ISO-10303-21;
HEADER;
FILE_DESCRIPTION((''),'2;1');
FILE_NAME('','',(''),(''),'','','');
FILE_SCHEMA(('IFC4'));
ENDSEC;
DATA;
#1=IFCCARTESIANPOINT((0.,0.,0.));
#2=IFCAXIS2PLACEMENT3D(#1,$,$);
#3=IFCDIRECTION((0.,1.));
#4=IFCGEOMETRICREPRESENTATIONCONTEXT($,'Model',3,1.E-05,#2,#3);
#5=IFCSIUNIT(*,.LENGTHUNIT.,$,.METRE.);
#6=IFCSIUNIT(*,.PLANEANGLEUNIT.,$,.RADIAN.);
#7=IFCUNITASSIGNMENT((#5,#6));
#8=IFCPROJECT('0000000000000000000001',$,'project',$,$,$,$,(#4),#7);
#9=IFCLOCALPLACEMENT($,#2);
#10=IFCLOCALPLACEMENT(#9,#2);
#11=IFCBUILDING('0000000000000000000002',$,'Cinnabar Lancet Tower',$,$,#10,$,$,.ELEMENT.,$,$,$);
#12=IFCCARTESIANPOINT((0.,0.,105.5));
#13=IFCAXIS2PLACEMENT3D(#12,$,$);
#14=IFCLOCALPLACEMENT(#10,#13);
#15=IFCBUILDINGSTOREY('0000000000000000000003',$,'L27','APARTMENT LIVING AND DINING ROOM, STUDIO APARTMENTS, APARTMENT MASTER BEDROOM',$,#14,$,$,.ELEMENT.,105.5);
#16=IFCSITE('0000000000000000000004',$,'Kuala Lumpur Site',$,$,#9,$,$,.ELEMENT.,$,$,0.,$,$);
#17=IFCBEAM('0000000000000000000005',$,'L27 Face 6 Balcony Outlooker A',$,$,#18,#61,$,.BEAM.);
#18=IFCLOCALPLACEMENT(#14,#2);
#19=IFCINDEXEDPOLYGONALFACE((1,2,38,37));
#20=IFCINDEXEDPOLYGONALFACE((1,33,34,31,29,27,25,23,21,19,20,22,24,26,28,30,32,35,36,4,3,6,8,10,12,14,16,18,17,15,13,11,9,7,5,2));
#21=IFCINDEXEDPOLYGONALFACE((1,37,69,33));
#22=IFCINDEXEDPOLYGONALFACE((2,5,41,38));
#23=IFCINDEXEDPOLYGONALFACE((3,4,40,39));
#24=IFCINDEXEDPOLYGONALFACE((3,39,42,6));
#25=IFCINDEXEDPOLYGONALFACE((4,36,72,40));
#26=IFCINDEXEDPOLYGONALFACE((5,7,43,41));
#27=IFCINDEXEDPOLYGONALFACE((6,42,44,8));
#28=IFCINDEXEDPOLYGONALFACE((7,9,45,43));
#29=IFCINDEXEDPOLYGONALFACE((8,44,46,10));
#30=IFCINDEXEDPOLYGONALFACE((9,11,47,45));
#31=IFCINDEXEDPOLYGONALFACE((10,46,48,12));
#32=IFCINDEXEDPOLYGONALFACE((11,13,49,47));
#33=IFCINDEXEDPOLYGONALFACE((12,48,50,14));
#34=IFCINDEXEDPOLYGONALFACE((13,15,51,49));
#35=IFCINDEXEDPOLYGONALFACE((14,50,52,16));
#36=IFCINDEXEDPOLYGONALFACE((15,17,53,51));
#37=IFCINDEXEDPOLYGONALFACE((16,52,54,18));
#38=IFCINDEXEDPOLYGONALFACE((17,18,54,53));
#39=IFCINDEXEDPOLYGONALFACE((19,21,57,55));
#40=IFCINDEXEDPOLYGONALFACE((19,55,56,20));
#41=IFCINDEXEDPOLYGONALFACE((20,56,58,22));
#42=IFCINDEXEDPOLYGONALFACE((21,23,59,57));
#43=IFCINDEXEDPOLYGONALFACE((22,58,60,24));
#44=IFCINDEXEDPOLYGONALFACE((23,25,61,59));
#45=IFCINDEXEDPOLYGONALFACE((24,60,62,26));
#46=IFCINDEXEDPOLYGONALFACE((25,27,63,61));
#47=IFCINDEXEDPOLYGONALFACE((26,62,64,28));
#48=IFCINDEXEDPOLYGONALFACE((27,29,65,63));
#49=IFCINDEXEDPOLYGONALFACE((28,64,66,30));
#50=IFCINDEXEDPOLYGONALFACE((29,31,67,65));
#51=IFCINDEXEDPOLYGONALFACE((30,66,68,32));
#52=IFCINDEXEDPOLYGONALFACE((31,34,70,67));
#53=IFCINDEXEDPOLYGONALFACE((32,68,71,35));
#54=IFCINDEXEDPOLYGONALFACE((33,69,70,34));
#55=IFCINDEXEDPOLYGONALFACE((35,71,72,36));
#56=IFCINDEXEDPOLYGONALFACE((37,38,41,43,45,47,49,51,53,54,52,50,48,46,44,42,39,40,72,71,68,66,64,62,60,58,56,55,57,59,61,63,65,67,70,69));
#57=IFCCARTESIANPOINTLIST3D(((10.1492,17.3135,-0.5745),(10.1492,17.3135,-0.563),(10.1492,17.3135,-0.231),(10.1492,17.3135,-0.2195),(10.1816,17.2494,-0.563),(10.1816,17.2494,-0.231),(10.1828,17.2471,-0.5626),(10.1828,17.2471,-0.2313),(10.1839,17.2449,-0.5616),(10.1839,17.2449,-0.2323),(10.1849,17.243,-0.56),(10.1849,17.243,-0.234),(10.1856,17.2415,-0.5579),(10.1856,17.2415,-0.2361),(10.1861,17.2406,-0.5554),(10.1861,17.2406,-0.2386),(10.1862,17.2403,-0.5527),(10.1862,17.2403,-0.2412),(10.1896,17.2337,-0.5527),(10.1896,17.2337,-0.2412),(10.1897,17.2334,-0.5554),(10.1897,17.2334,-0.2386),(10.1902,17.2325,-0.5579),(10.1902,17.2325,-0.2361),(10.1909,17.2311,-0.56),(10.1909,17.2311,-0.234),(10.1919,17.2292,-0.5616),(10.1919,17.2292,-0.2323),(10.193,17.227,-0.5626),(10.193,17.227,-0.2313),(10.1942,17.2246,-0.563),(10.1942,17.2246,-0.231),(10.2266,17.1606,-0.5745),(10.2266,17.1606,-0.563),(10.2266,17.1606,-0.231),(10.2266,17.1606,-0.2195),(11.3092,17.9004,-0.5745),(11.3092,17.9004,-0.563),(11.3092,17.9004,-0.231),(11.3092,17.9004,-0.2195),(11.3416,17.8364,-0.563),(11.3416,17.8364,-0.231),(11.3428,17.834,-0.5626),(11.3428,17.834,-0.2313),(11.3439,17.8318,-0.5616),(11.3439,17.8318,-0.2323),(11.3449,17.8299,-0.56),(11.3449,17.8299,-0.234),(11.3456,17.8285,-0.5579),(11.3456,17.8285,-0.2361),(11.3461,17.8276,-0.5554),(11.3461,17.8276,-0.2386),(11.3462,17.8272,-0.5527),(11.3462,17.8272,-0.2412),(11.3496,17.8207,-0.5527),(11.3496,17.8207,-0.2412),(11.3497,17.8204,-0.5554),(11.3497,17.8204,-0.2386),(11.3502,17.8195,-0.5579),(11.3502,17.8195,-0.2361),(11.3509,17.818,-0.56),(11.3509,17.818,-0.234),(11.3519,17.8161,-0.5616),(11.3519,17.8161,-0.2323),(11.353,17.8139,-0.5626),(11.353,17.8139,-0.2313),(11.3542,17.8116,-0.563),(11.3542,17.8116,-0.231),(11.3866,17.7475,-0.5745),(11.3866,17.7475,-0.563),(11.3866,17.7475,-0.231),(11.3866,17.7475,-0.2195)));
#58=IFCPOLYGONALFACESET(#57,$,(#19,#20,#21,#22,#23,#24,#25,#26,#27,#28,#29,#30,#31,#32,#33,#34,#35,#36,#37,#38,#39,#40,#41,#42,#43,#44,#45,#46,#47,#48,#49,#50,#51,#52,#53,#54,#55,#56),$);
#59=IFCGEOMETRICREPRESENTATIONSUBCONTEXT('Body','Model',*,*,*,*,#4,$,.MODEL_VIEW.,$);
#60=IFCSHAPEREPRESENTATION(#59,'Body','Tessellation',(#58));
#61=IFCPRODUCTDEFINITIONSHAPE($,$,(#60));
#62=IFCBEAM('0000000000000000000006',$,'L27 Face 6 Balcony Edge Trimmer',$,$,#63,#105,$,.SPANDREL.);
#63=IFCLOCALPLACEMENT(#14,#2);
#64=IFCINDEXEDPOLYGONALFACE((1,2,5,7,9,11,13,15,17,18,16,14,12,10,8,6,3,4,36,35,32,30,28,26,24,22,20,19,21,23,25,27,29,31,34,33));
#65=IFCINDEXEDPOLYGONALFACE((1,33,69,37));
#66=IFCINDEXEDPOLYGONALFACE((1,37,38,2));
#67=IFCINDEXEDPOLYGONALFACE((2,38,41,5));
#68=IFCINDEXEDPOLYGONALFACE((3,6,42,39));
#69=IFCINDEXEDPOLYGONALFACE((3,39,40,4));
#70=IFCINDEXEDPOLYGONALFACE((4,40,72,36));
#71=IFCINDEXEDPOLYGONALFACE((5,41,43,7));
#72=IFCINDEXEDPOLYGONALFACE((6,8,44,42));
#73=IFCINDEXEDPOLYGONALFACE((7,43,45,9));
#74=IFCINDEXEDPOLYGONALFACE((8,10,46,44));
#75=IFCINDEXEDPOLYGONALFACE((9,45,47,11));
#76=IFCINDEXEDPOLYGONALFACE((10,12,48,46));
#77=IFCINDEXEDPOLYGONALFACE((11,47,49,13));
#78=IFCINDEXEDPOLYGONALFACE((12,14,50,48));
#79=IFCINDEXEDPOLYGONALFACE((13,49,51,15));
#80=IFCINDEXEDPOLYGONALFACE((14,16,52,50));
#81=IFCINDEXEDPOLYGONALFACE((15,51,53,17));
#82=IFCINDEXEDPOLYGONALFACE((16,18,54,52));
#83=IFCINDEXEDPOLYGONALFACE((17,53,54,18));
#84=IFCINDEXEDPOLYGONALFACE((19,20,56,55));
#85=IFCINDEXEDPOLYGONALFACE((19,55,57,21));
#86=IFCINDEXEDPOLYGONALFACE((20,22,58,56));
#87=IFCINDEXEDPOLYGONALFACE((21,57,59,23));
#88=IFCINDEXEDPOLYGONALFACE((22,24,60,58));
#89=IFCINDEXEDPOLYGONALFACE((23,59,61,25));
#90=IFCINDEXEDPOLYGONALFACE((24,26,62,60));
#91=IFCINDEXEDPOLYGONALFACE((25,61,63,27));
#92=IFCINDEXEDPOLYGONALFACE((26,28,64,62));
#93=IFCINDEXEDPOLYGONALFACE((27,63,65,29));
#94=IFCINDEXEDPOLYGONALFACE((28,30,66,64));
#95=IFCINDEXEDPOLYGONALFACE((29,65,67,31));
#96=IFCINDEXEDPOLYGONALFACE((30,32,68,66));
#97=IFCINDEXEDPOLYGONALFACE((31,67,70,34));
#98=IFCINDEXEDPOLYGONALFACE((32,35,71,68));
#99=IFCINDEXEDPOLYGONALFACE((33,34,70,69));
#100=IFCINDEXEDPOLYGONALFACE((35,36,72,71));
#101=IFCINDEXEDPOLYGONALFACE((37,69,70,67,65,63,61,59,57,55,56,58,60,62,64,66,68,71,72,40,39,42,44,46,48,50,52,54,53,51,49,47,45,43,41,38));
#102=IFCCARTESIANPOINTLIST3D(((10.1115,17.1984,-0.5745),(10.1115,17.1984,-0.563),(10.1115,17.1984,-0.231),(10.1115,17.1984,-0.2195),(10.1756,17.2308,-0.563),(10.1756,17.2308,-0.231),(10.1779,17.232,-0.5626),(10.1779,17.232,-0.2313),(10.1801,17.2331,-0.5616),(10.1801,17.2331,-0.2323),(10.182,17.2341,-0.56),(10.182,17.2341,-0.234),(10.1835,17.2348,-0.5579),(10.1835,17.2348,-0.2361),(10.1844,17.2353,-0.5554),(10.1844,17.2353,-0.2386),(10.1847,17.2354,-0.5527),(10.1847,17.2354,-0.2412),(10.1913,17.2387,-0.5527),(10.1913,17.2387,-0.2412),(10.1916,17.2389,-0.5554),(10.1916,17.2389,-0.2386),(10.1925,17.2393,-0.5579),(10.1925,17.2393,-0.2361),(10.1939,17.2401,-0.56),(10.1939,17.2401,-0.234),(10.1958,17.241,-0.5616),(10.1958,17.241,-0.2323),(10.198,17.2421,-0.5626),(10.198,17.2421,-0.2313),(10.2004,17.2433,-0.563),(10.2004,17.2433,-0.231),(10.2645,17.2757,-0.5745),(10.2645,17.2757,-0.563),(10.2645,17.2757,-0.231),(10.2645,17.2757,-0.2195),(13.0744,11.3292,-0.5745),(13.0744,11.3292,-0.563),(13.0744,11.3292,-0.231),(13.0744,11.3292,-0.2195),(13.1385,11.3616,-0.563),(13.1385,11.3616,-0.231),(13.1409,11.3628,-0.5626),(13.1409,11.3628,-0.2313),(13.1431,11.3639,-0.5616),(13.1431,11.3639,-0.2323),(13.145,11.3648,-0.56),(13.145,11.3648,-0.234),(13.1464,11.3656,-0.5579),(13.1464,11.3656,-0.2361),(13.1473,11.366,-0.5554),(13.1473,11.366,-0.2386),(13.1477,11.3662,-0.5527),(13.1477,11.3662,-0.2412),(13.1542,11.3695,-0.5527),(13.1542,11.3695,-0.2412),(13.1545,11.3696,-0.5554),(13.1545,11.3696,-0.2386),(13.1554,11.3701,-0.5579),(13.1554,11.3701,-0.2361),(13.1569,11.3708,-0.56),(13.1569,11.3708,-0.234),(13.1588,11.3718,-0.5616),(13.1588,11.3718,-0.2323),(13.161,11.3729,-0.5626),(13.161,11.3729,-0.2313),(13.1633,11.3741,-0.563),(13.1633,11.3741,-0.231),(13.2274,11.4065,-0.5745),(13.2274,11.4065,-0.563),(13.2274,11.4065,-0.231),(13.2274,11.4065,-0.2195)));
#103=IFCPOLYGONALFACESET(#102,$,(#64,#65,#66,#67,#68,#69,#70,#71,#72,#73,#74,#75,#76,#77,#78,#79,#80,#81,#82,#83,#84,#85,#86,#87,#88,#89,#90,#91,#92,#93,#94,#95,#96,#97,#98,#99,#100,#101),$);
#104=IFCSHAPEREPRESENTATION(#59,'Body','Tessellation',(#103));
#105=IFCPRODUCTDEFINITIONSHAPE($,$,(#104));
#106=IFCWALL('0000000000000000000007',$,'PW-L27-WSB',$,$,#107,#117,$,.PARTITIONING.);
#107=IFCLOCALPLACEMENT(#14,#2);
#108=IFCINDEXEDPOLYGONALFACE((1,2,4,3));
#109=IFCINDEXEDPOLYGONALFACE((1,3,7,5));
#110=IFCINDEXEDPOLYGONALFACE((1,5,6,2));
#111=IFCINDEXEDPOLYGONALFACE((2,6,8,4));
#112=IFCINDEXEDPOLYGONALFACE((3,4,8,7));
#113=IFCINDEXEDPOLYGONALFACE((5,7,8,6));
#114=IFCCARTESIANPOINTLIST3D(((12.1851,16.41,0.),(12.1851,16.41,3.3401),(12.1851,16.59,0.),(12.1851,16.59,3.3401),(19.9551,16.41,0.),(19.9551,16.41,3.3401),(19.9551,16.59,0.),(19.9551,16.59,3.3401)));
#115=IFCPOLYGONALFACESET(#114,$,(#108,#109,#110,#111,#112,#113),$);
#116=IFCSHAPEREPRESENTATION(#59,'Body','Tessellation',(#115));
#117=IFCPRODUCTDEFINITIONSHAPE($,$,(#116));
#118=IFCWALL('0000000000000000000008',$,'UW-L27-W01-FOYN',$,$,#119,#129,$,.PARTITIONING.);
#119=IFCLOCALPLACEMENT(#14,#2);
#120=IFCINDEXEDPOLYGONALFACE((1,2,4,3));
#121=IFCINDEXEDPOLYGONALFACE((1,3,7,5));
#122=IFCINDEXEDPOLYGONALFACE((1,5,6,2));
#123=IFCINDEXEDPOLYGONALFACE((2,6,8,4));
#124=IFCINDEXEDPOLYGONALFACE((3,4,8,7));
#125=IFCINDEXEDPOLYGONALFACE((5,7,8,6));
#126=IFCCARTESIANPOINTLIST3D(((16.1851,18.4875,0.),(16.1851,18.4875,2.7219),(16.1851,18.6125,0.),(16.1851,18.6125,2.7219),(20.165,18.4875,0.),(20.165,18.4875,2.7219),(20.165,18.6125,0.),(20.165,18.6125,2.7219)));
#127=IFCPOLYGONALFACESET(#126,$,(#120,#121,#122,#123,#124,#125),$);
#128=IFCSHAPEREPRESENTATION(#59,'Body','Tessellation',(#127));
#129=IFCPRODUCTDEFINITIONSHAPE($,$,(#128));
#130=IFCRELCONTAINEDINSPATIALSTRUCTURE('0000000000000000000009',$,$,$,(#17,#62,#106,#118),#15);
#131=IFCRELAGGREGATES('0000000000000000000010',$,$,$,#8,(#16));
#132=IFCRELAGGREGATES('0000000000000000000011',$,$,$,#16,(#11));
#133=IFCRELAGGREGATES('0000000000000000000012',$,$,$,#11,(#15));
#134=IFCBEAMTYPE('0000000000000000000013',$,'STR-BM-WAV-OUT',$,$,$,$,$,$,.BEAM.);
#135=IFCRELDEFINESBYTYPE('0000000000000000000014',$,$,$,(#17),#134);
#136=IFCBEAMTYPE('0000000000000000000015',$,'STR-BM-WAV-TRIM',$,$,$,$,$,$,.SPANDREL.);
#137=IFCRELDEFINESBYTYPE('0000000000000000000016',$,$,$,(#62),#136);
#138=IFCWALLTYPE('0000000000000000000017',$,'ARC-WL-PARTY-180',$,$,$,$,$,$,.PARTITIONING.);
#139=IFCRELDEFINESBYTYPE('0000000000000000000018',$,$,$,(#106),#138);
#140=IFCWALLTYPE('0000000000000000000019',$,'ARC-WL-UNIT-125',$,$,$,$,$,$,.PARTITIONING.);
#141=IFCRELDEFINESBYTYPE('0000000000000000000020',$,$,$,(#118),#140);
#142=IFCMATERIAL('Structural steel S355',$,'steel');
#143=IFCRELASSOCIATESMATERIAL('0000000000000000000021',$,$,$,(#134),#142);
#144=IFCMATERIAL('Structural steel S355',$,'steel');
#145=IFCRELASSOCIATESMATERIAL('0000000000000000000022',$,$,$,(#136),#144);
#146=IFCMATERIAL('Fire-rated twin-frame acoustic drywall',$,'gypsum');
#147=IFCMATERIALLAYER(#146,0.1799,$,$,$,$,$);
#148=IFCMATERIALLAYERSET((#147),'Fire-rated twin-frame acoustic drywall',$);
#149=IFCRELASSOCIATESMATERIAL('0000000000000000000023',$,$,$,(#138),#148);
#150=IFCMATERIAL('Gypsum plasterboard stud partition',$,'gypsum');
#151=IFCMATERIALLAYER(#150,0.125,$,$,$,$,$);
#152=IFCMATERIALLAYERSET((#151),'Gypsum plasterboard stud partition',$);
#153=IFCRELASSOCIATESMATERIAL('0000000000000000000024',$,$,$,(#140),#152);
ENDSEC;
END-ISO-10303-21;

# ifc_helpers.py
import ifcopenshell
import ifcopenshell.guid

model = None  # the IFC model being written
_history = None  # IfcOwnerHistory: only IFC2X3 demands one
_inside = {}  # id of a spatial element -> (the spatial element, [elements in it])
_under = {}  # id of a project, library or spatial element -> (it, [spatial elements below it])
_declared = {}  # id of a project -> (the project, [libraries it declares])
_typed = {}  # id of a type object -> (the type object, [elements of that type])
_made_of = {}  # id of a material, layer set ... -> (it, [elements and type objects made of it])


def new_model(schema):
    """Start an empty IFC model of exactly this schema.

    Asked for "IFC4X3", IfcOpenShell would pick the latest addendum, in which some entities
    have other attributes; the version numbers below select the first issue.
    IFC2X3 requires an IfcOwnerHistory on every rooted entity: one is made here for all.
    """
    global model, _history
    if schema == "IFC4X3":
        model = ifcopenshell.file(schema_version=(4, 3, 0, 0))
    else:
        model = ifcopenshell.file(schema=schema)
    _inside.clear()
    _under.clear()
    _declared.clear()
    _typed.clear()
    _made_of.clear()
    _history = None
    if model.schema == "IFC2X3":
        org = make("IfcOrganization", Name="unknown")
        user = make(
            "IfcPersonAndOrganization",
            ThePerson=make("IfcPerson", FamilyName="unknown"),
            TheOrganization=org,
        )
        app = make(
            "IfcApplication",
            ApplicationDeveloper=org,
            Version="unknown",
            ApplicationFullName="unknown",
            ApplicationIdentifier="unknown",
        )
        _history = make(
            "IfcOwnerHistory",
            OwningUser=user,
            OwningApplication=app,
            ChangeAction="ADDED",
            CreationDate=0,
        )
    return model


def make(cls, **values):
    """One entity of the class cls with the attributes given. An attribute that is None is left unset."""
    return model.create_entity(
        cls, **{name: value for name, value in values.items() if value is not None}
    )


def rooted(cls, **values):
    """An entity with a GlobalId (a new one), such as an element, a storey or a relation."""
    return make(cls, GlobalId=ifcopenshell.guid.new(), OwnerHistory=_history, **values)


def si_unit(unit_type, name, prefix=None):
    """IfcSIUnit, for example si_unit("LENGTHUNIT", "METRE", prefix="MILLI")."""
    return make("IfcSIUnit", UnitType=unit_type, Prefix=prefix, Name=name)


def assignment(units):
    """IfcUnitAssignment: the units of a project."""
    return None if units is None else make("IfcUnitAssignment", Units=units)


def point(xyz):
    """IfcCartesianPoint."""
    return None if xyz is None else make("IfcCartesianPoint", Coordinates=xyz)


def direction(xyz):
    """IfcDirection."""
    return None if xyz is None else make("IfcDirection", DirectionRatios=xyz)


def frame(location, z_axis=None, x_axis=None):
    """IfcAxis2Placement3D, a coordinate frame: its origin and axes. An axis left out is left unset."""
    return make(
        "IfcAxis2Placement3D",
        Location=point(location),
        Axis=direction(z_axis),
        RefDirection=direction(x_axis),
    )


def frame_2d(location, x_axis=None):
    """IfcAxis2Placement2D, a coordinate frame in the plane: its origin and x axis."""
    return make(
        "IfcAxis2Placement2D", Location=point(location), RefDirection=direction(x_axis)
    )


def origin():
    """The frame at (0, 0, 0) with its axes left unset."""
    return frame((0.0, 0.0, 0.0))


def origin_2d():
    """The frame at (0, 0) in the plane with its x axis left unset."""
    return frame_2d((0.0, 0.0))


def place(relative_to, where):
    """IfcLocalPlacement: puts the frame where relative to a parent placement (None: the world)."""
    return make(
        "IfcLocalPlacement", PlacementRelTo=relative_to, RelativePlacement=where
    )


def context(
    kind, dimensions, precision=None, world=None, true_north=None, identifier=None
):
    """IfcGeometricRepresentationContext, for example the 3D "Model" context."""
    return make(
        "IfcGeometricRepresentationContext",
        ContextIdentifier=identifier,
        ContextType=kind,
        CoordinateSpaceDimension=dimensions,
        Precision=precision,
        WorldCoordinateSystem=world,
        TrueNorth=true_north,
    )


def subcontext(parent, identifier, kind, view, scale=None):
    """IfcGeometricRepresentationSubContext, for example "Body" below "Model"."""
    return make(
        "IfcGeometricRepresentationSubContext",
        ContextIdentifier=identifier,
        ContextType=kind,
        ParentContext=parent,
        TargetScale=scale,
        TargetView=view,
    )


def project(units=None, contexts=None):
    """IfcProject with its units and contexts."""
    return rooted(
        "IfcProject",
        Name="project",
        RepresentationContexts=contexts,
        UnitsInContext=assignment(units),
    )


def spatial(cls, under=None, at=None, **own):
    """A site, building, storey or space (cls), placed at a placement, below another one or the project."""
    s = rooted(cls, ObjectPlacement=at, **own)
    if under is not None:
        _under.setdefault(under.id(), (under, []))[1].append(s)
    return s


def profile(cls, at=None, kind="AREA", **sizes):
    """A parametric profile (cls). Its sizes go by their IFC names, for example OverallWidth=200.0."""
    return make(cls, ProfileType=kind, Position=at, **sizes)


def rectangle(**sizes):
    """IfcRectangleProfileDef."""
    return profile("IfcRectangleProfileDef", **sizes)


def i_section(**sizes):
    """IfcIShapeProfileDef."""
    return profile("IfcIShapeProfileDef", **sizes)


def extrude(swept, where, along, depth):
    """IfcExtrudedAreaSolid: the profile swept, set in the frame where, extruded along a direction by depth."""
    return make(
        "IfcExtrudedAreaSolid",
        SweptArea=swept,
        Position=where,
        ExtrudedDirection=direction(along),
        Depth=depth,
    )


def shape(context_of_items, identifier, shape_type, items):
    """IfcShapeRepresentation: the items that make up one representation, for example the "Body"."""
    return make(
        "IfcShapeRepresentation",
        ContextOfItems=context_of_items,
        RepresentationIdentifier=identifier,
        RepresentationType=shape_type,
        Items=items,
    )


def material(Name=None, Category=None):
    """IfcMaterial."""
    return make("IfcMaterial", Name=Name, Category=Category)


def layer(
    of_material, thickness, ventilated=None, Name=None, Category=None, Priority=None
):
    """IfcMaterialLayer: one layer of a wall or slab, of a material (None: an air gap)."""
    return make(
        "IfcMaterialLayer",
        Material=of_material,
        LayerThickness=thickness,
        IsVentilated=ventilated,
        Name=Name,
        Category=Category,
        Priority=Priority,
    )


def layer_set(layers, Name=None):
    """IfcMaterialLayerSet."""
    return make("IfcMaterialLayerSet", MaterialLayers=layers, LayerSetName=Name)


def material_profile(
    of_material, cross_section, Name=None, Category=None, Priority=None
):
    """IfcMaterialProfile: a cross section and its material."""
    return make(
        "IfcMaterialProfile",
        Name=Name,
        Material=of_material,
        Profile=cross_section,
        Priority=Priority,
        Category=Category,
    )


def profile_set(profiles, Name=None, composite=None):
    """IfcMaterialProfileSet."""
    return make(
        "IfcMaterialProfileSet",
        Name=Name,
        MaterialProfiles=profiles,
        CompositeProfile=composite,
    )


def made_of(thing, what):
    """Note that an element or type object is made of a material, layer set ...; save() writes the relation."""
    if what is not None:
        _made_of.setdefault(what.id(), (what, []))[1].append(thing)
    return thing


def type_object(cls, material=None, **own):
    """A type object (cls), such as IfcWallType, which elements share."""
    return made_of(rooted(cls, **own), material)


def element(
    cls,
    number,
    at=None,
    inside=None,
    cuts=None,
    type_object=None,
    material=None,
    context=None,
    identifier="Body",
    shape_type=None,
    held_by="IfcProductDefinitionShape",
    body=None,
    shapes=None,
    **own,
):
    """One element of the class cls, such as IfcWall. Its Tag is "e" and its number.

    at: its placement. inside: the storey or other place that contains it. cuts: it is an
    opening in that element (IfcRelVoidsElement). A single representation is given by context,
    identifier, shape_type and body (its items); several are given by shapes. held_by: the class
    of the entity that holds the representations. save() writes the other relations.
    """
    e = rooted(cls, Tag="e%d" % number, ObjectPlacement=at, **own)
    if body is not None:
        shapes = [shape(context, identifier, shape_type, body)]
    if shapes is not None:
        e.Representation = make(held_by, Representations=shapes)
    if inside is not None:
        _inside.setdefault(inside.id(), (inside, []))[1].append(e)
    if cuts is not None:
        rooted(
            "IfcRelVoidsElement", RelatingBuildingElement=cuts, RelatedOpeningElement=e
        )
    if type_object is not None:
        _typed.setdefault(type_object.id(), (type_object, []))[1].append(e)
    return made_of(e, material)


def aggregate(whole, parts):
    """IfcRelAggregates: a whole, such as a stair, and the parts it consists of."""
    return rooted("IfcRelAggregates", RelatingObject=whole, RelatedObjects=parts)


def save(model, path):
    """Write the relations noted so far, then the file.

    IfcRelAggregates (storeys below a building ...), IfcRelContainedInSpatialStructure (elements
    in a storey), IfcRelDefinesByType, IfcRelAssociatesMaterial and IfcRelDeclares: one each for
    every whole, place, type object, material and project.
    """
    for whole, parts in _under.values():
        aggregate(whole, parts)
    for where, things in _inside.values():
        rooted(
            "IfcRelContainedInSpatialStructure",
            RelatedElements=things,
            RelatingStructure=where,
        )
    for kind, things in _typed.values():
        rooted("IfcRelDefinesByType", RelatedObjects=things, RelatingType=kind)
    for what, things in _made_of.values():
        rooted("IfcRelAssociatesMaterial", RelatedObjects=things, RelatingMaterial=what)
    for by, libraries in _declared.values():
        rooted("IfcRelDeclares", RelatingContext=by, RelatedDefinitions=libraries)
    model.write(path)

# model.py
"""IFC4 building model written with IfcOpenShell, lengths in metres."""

from ifc_helpers import new_model, si_unit, direction, frame, frame_2d, origin, origin_2d, place, context, subcontext, project, spatial, rectangle, i_section, extrude, material, layer, layer_set, material_profile, profile_set, type_object, element, save


model = new_model("IFC4")

# Units and contexts
model_context = context("Model", 3, precision=1e-05, world=origin(), true_north=direction((0.0, 1.0)))
body_context = subcontext(model_context, "Body", "Model", "MODEL_VIEW")
ifc_project = project(units=[si_unit("LENGTHUNIT", "METRE"), si_unit("PLANEANGLEUNIT", "RADIAN")], contexts=[model_context])

# Site, building, storey
site_placement = place(None, origin())
site = spatial("IfcSite", under=ifc_project, at=site_placement, Name="Kuala Lumpur Site", CompositionType="ELEMENT", RefElevation=0.0)
building_placement = place(site_placement, origin())
building = spatial("IfcBuilding", under=site, at=building_placement, Name="Cinnabar Lancet Tower", CompositionType="ELEMENT")
storey_placement = place(building_placement, frame((0.0, 0.0, 105.5)))
storey = spatial("IfcBuildingStorey", under=building, at=storey_placement, Name="L27", Description="APARTMENT LIVING AND DINING ROOM, STUDIO APARTMENTS, APARTMENT MASTER BEDROOM", CompositionType="ELEMENT", Elevation=105.5)

# Beams
ifc_material_1 = material(Name="Structural steel S355", Category="steel")
ifc_material_profile_1 = material_profile(ifc_material_1, i_section(OverallWidth=0.1714, OverallDepth=0.355, WebThickness=0.0073, FlangeThickness=0.0115, FilletRadius=0.0103, at=origin_2d()), Name="UKB 356x171x51")
ifc_profile_set_1 = profile_set([ifc_material_profile_1], Name="Structural steel S355")
beam_type_1 = type_object("IfcBeamType", Name="STR-BM-WAV-OUT", PredefinedType="BEAM", material=ifc_profile_set_1)
beam_1_placement = place(storey_placement, frame((11.3479, 17.824, -0.397), z_axis=(-0.892276, -0.45149, 0.0), x_axis=(0.45149, -0.892276, 0.0)))
element("IfcBeam", 1, at=beam_1_placement, inside=storey, type_object=beam_type_1, Name="L27 Face 6 Balcony Outlooker A", PredefinedType="BEAM", context=body_context, shape_type="SweptSolid", body=[
    extrude(i_section(OverallWidth=0.1714, OverallDepth=0.355, WebThickness=0.0073, FlangeThickness=0.0115, FilletRadius=0.0103, at=origin_2d()), origin(), (0.0, 0.0, 1.0), 1.3),
])
ifc_material_2 = material(Name="Structural steel S355", Category="steel")
ifc_material_profile_2 = material_profile(ifc_material_2, i_section(OverallWidth=0.1714, OverallDepth=0.355, WebThickness=0.0073, FlangeThickness=0.0115, FilletRadius=0.0103, at=origin_2d()), Name="UKB 356x171x51")
ifc_profile_set_2 = profile_set([ifc_material_profile_2], Name="Structural steel S355")
beam_type_2 = type_object("IfcBeamType", Name="STR-BM-WAV-TRIM", PredefinedType="SPANDREL", material=ifc_profile_set_2)
beam_2_placement = place(storey_placement, frame((10.188, 17.2371, -0.397), z_axis=(0.450656, -0.892698, 0.0), x_axis=(0.892698, 0.450656, 0.0)))
element("IfcBeam", 2, at=beam_2_placement, inside=storey, type_object=beam_type_2, Name="L27 Face 6 Balcony Edge Trimmer", PredefinedType="SPANDREL", context=body_context, shape_type="SweptSolid", body=[
    extrude(i_section(OverallWidth=0.1714, OverallDepth=0.355, WebThickness=0.0073, FlangeThickness=0.0115, FilletRadius=0.0103, at=origin_2d()), origin(), (0.0, 0.0, 1.0), 6.5747),
])

# Walls
ifc_material_3 = material(Name="Fire-rated twin-frame acoustic drywall", Category="gypsum")
ifc_layer_1 = layer(ifc_material_3, 0.1799)
ifc_layer_set_1 = layer_set([ifc_layer_1], Name="Fire-rated twin-frame acoustic drywall")
wall_type_1 = type_object("IfcWallType", Name="ARC-WL-PARTY-180", PredefinedType="PARTITIONING", material=ifc_layer_set_1)
wall_1_placement = place(storey_placement, frame((12.1851, 16.5, 0.0), z_axis=(0.0, 0.0, 1.0), x_axis=(1.0, 0.0, 0.0)))
element("IfcWall", 3, at=wall_1_placement, inside=storey, type_object=wall_type_1, Name="PW-L27-WSB", PredefinedType="PARTITIONING", context=body_context, shape_type="SweptSolid", body=[
    extrude(rectangle(XDim=7.77, YDim=0.1799, at=frame_2d((3.885, 0.0))), origin(), (0.0, 0.0, 1.0), 3.3401),
])
ifc_material_4 = material(Name="Gypsum plasterboard stud partition", Category="gypsum")
ifc_layer_2 = layer(ifc_material_4, 0.125)
ifc_layer_set_2 = layer_set([ifc_layer_2], Name="Gypsum plasterboard stud partition")
wall_type_2 = type_object("IfcWallType", Name="ARC-WL-UNIT-125", PredefinedType="PARTITIONING", material=ifc_layer_set_2)
wall_2_placement = place(storey_placement, frame((16.1851, 18.55, 0.0), z_axis=(0.0, 0.0, 1.0), x_axis=(1.0, 0.0, 0.0)))
element("IfcWall", 4, at=wall_2_placement, inside=storey, type_object=wall_type_2, Name="UW-L27-W01-FOYN", PredefinedType="PARTITIONING", context=body_context, shape_type="SweptSolid", body=[
    extrude(rectangle(XDim=3.98, YDim=0.125, at=frame_2d((1.99, 0.0))), origin(), (0.0, 0.0, 1.0), 2.7219),
])

save(model, "model.ifc")
